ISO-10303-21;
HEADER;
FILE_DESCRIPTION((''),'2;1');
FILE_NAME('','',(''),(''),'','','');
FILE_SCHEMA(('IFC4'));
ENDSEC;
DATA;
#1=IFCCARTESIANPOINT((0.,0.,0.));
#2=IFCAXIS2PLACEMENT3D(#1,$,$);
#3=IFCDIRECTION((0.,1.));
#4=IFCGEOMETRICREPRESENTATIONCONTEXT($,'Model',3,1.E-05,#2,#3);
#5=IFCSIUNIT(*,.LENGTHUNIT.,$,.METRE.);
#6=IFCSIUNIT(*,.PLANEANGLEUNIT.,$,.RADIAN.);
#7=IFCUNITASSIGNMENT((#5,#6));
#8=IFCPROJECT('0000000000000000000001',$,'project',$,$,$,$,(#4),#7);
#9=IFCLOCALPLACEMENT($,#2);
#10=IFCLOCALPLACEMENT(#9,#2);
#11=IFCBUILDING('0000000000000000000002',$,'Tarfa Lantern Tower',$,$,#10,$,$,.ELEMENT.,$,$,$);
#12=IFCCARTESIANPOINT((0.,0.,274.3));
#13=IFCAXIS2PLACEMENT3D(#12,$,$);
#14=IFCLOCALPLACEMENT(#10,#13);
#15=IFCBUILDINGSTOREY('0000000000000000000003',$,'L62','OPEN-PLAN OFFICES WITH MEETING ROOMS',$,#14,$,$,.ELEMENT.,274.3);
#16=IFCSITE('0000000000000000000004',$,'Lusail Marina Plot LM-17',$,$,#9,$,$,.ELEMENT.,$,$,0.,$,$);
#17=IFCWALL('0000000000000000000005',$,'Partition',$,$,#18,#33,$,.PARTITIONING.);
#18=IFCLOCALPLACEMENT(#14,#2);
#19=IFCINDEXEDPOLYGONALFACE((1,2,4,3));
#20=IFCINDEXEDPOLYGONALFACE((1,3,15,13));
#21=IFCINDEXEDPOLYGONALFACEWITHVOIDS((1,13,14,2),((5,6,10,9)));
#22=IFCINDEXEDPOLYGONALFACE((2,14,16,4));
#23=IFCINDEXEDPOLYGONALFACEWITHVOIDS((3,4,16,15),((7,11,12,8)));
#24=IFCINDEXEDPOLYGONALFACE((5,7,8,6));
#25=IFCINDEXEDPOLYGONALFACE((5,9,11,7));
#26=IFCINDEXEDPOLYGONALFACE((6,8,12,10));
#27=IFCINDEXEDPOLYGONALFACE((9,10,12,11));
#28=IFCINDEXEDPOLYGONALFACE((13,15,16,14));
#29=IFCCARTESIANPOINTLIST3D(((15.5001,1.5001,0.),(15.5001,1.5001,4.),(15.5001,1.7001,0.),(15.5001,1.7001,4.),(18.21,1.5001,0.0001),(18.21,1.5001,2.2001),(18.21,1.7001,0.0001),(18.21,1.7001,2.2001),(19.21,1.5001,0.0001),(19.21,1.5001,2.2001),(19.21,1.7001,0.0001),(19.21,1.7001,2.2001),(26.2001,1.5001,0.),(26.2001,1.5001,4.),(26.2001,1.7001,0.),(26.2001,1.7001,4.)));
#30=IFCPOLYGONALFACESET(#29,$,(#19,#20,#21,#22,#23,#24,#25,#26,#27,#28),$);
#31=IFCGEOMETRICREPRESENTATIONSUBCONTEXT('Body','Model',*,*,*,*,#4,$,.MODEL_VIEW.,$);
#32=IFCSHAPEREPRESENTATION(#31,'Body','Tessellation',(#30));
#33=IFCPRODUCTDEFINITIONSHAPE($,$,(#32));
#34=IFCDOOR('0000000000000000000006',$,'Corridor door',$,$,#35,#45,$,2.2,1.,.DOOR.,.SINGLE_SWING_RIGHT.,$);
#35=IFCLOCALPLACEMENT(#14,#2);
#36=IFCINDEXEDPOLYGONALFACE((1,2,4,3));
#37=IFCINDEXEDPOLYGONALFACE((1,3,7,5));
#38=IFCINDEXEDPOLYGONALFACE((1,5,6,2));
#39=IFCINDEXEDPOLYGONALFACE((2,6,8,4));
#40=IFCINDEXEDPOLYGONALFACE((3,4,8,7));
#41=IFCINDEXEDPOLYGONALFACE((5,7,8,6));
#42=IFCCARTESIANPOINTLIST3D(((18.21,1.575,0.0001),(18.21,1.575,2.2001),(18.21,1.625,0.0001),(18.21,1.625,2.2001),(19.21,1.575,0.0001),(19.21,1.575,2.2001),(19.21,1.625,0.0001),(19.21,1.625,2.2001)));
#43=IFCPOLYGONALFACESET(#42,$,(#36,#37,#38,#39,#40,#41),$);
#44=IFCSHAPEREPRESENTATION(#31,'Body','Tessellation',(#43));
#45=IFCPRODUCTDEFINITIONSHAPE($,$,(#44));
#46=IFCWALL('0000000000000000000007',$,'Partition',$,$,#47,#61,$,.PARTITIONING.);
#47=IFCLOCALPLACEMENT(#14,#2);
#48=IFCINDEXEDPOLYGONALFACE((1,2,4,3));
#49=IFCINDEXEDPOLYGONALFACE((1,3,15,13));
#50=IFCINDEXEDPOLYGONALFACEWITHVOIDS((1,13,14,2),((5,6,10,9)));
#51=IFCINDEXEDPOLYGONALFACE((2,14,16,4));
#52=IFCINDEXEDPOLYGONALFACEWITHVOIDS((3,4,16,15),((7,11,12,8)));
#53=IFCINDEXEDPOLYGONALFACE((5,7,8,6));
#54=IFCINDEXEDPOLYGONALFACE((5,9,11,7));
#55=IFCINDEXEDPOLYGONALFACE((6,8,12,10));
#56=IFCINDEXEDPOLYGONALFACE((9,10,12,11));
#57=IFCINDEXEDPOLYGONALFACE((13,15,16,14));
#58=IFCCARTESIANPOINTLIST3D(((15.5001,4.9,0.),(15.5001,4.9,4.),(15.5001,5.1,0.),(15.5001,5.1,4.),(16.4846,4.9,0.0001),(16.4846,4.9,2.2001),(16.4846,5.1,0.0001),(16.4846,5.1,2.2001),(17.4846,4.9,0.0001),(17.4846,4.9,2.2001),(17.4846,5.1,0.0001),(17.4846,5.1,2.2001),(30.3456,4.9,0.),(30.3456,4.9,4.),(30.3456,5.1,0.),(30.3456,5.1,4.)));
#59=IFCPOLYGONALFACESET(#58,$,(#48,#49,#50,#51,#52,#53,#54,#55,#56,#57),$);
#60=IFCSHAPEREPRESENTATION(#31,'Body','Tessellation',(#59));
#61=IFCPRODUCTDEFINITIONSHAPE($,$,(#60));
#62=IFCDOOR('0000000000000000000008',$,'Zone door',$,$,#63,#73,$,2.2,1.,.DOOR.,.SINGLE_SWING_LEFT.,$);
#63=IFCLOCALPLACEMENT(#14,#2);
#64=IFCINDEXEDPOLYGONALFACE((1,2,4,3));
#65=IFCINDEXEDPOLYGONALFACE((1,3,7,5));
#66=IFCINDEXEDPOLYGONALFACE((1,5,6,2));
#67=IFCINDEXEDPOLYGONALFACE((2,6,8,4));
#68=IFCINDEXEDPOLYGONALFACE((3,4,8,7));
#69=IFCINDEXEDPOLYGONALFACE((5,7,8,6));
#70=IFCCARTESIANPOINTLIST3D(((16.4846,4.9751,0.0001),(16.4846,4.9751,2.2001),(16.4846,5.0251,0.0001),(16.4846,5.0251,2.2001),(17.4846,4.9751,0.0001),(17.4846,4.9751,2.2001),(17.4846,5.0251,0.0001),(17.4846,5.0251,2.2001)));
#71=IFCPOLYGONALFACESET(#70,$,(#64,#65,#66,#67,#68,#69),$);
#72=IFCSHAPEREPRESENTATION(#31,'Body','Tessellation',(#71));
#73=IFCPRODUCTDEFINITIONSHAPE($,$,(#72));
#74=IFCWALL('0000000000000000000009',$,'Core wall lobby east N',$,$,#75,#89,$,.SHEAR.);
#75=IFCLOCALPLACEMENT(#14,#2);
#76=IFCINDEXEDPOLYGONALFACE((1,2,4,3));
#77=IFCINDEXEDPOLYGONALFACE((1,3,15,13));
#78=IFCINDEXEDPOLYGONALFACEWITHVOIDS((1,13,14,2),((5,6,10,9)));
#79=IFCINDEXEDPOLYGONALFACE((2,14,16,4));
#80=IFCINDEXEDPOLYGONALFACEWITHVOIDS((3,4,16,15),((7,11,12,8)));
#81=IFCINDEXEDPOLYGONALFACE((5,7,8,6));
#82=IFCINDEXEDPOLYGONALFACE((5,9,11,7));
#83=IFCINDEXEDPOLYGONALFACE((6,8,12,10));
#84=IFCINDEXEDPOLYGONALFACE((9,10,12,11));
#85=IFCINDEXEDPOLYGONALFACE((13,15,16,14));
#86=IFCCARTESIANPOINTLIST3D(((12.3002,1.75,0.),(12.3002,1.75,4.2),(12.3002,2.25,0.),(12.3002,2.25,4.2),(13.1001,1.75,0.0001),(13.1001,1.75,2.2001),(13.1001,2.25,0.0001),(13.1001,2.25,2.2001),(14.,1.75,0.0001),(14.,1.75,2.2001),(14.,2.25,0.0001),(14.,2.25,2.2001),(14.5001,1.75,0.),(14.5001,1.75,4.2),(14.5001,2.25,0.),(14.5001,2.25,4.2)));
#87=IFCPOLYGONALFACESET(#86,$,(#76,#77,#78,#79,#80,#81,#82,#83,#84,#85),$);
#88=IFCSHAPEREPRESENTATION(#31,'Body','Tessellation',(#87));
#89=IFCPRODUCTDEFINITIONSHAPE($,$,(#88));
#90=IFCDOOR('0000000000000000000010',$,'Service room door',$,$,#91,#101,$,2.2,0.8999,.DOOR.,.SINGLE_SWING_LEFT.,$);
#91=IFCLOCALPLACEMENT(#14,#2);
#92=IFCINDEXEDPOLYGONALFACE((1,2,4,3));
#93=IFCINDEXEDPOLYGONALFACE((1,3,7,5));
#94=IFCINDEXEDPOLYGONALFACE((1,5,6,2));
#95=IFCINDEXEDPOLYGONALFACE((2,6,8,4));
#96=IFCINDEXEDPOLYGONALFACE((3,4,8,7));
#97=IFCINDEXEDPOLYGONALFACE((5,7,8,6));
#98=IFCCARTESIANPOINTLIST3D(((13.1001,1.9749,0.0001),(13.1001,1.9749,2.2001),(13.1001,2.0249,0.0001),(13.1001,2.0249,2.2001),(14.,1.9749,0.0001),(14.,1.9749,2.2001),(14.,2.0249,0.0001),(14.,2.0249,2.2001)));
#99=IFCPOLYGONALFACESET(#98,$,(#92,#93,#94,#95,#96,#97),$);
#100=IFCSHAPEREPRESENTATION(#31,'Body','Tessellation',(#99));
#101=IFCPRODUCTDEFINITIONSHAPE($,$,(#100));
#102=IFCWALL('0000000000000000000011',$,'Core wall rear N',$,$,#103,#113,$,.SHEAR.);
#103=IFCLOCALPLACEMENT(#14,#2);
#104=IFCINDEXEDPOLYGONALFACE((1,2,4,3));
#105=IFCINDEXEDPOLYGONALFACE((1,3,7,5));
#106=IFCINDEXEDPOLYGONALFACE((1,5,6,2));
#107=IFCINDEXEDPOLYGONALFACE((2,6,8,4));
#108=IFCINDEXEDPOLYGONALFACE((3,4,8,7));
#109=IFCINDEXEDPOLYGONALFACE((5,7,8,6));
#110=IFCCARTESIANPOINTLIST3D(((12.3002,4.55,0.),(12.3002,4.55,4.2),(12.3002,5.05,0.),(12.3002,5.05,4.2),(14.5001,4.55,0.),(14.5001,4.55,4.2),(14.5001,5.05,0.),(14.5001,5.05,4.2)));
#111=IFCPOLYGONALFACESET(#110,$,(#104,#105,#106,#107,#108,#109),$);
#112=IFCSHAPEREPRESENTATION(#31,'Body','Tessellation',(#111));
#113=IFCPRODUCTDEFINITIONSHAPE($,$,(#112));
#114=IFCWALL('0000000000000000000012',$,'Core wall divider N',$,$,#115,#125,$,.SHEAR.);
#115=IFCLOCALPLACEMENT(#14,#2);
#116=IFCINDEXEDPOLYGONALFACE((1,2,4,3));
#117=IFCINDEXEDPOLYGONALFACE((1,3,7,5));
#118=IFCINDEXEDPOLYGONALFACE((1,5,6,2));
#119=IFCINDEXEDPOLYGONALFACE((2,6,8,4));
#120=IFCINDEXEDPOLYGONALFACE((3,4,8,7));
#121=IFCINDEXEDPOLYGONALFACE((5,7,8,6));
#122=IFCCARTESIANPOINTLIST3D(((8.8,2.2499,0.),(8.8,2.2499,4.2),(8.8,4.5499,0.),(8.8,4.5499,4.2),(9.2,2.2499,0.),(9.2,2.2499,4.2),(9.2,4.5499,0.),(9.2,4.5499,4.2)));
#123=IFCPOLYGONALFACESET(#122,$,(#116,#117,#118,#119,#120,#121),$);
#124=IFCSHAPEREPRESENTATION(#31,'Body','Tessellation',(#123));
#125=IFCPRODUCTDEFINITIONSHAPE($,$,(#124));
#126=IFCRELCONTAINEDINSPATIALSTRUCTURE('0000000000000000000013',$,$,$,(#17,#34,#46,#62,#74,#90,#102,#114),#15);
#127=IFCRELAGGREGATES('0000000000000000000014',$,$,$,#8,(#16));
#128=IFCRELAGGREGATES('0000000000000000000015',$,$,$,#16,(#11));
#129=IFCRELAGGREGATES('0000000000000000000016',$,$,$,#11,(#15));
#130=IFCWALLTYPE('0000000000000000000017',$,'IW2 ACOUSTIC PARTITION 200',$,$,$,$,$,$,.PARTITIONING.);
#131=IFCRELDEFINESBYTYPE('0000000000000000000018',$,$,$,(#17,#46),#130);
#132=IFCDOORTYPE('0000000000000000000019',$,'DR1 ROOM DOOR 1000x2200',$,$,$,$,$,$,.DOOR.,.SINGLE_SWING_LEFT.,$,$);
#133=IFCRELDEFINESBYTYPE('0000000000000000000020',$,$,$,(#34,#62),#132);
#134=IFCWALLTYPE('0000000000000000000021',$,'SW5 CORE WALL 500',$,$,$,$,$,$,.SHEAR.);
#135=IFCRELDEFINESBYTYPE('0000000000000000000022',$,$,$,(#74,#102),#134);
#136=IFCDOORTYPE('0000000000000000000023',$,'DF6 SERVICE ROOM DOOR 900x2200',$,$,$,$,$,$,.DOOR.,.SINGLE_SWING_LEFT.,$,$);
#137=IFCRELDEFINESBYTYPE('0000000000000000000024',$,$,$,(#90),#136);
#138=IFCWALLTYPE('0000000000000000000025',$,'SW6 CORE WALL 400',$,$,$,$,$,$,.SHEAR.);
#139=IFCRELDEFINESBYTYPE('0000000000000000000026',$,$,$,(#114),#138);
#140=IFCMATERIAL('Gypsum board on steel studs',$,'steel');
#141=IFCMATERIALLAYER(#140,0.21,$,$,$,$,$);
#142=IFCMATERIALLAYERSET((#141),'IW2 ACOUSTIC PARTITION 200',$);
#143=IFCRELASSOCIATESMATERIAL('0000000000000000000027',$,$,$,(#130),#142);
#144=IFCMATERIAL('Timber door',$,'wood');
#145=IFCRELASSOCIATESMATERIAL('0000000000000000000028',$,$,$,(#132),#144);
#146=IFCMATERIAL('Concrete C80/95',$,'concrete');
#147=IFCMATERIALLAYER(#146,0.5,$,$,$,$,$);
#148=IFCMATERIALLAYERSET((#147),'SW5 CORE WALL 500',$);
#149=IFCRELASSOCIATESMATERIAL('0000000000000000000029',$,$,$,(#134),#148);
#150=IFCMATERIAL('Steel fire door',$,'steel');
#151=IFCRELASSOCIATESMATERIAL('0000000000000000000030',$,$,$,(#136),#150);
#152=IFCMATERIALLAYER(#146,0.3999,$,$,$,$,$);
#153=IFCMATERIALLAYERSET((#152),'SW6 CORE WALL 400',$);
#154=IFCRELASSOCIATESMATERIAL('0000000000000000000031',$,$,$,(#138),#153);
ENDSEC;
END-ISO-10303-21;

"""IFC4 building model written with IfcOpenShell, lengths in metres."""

from ifc_helpers import new_model, si_unit, direction, frame, frame_2d, origin, place, context, subcontext, project, spatial, rectangle, extrude, material, layer, layer_set, type_object, element, fill, save


model = new_model("IFC4")

# Units and contexts
model_context = context("Model", 3, precision=1e-05, world=origin(), true_north=direction((0.0, 1.0)))
body_context = subcontext(model_context, "Body", "Model", "MODEL_VIEW")
ifc_project = project(units=[si_unit("LENGTHUNIT", "METRE"), si_unit("PLANEANGLEUNIT", "RADIAN")], contexts=[model_context])

# Site, building, storey
site_placement = place(None, origin())
site = spatial("IfcSite", under=ifc_project, at=site_placement, Name="Lusail Marina Plot LM-17", CompositionType="ELEMENT", RefElevation=0.0)
building_placement = place(site_placement, origin())
building = spatial("IfcBuilding", under=site, at=building_placement, Name="Tarfa Lantern Tower", CompositionType="ELEMENT")
storey_placement = place(building_placement, frame((0.0, 0.0, 274.3)))
storey = spatial("IfcBuildingStorey", under=building, at=storey_placement, Name="L62", Description="OPEN-PLAN OFFICES WITH MEETING ROOMS", CompositionType="ELEMENT", Elevation=274.3)

# Shared definitions
ifc_material_1 = material(Name="Concrete C80/95", Category="concrete")

# Shared definitions
ifc_material_2 = material(Name="Gypsum board on steel studs", Category="steel")
ifc_layer_1 = layer(ifc_material_2, 0.21)
ifc_layer_set_1 = layer_set([ifc_layer_1], Name="IW2 ACOUSTIC PARTITION 200")
wall_type_1 = type_object("IfcWallType", Name="IW2 ACOUSTIC PARTITION 200", PredefinedType="PARTITIONING", material=ifc_layer_set_1)

# Walls, openings, doors
wall_1_placement = place(storey_placement, frame((15.5, 1.6001, 0.0), z_axis=(0.0, 0.0, 1.0), x_axis=(1.0, 0.0, 0.0)))
wall_1 = element("IfcWall", 1, at=wall_1_placement, inside=storey, type_object=wall_type_1, Name="Partition", PredefinedType="PARTITIONING", context=body_context, shape_type="SweptSolid", body=[
    extrude(rectangle(XDim=10.7, YDim=0.2, at=frame_2d((5.3501, 0.0))), origin(), (0.0, 0.0, 1.0), 4.0),
])
opening_1_placement = place(wall_1_placement, frame((2.71, 0.0, 0.0)))
opening_1 = element("IfcOpeningElement", 2, at=opening_1_placement, cuts=wall_1, PredefinedType="OPENING", context=body_context, shape_type="SweptSolid", body=[
    extrude(rectangle(XDim=1.0, YDim=2.2, at=frame_2d((0.5, 1.1001))), frame((0.0, 0.1099, 0.0), z_axis=(0.0, -1.0, 0.0), x_axis=(1.0, 0.0, 0.0)), (0.0, 0.0, 1.0), 0.22),
])
ifc_material_3 = material(Name="Timber door", Category="wood")
door_type_1 = type_object("IfcDoorType", Name="DR1 ROOM DOOR 1000x2200", OperationType="SINGLE_SWING_LEFT", PredefinedType="DOOR", material=ifc_material_3)
door_1_placement = place(opening_1_placement, origin())
door_1 = element("IfcDoor", 3, at=door_1_placement, inside=storey, type_object=door_type_1, Name="Corridor door", OperationType="SINGLE_SWING_RIGHT", OverallHeight=2.2, OverallWidth=1.0, PredefinedType="DOOR", context=body_context, shape_type="SweptSolid", body=[
    extrude(rectangle(XDim=1.0, YDim=2.2, at=frame_2d((0.5, 1.1001))), frame((0.0, 0.0249, 0.0), z_axis=(0.0, -1.0, 0.0), x_axis=(1.0, 0.0, 0.0)), (0.0, 0.0, 1.0), 0.05),
])
fill(opening_1, door_1)
wall_2_placement = place(storey_placement, frame((15.5, 5.0, 0.0), z_axis=(0.0, 0.0, 1.0), x_axis=(1.0, 0.0, 0.0)))
wall_2 = element("IfcWall", 4, at=wall_2_placement, inside=storey, type_object=wall_type_1, Name="Partition", PredefinedType="PARTITIONING", context=body_context, shape_type="SweptSolid", body=[
    extrude(rectangle(XDim=14.8455, YDim=0.2, at=frame_2d((7.4229, 0.0))), origin(), (0.0, 0.0, 1.0), 4.0),
])
opening_2_placement = place(wall_2_placement, frame((0.9846, 0.0, 0.0)))
opening_2 = element("IfcOpeningElement", 5, at=opening_2_placement, cuts=wall_2, PredefinedType="OPENING", context=body_context, shape_type="SweptSolid", body=[
    extrude(rectangle(XDim=1.0, YDim=2.2, at=frame_2d((0.5, 1.1001))), frame((0.0, 0.1099, 0.0), z_axis=(0.0, -1.0, 0.0), x_axis=(1.0, 0.0, 0.0)), (0.0, 0.0, 1.0), 0.22),
])
door_2_placement = place(opening_2_placement, frame((1.0, 0.0, 0.0), z_axis=(0.0, 0.0, 1.0), x_axis=(-1.0, 0.0, 0.0)))
door_2 = element("IfcDoor", 6, at=door_2_placement, inside=storey, type_object=door_type_1, Name="Zone door", OperationType="SINGLE_SWING_LEFT", OverallHeight=2.2, OverallWidth=1.0, PredefinedType="DOOR", context=body_context, shape_type="SweptSolid", body=[
    extrude(rectangle(XDim=1.0, YDim=2.2, at=frame_2d((0.5, 1.1001))), frame((0.0, 0.0249, 0.0), z_axis=(0.0, -1.0, 0.0), x_axis=(1.0, 0.0, 0.0)), (0.0, 0.0, 1.0), 0.05),
])
fill(opening_2, door_2)
ifc_layer_2 = layer(ifc_material_1, 0.5)
ifc_layer_set_2 = layer_set([ifc_layer_2], Name="SW5 CORE WALL 500")
wall_type_2 = type_object("IfcWallType", Name="SW5 CORE WALL 500", PredefinedType="SHEAR", material=ifc_layer_set_2)
wall_3_placement = place(storey_placement, frame((12.3, 2.0, 0.0), z_axis=(0.0, 0.0, 1.0), x_axis=(1.0, 0.0, 0.0)))
wall_3 = element("IfcWall", 7, at=wall_3_placement, inside=storey, type_object=wall_type_2, Name="Core wall lobby east N", PredefinedType="SHEAR", context=body_context, shape_type="SweptSolid", body=[
    extrude(rectangle(XDim=2.2, YDim=0.5, at=frame_2d((1.1001, 0.0))), origin(), (0.0, 0.0, 1.0), 4.2),
])
opening_3_placement = place(wall_3_placement, frame((0.8, 0.0, 0.0)))
opening_3 = element("IfcOpeningElement", 8, at=opening_3_placement, cuts=wall_3, PredefinedType="OPENING", context=body_context, shape_type="SweptSolid", body=[
    extrude(rectangle(XDim=0.8999, YDim=2.2, at=frame_2d((0.45, 1.1001))), frame((0.0, 0.26, 0.0), z_axis=(0.0, -1.0, 0.0), x_axis=(1.0, 0.0, 0.0)), (0.0, 0.0, 1.0), 0.52),
])
ifc_material_4 = material(Name="Steel fire door", Category="steel")
door_type_2 = type_object("IfcDoorType", Name="DF6 SERVICE ROOM DOOR 900x2200", OperationType="SINGLE_SWING_LEFT", PredefinedType="DOOR", material=ifc_material_4)
door_3_placement = place(opening_3_placement, origin())
door_3 = element("IfcDoor", 9, at=door_3_placement, inside=storey, type_object=door_type_2, Name="Service room door", OperationType="SINGLE_SWING_LEFT", OverallHeight=2.2, OverallWidth=0.8999, PredefinedType="DOOR", context=body_context, shape_type="SweptSolid", body=[
    extrude(rectangle(XDim=0.8999, YDim=2.2, at=frame_2d((0.45, 1.1001))), frame((0.0, 0.0249, 0.0), z_axis=(0.0, -1.0, 0.0), x_axis=(1.0, 0.0, 0.0)), (0.0, 0.0, 1.0), 0.05),
])
fill(opening_3, door_3)

# Walls
wall_4_placement = place(storey_placement, frame((12.3, 4.8, 0.0), z_axis=(0.0, 0.0, 1.0), x_axis=(1.0, 0.0, 0.0)))
element("IfcWall", 10, at=wall_4_placement, inside=storey, type_object=wall_type_2, Name="Core wall rear N", PredefinedType="SHEAR", context=body_context, shape_type="SweptSolid", body=[
    extrude(rectangle(XDim=2.2, YDim=0.5, at=frame_2d((1.1001, 0.0))), origin(), (0.0, 0.0, 1.0), 4.2),
])
ifc_layer_3 = layer(ifc_material_1, 0.3999)
ifc_layer_set_3 = layer_set([ifc_layer_3], Name="SW6 CORE WALL 400")
wall_type_3 = type_object("IfcWallType", Name="SW6 CORE WALL 400", PredefinedType="SHEAR", material=ifc_layer_set_3)
wall_5_placement = place(storey_placement, frame((9.0, 2.25, 0.0), z_axis=(0.0, 0.0, 1.0), x_axis=(0.0, 1.0, 0.0)))
element("IfcWall", 11, at=wall_5_placement, inside=storey, type_object=wall_type_3, Name="Core wall divider N", PredefinedType="SHEAR", context=body_context, shape_type="SweptSolid", body=[
    extrude(rectangle(XDim=2.3, YDim=0.3999, at=frame_2d((1.1499, 0.0))), origin(), (0.0, 0.0, 1.0), 4.2),
])

save(model, "model.ifc")
